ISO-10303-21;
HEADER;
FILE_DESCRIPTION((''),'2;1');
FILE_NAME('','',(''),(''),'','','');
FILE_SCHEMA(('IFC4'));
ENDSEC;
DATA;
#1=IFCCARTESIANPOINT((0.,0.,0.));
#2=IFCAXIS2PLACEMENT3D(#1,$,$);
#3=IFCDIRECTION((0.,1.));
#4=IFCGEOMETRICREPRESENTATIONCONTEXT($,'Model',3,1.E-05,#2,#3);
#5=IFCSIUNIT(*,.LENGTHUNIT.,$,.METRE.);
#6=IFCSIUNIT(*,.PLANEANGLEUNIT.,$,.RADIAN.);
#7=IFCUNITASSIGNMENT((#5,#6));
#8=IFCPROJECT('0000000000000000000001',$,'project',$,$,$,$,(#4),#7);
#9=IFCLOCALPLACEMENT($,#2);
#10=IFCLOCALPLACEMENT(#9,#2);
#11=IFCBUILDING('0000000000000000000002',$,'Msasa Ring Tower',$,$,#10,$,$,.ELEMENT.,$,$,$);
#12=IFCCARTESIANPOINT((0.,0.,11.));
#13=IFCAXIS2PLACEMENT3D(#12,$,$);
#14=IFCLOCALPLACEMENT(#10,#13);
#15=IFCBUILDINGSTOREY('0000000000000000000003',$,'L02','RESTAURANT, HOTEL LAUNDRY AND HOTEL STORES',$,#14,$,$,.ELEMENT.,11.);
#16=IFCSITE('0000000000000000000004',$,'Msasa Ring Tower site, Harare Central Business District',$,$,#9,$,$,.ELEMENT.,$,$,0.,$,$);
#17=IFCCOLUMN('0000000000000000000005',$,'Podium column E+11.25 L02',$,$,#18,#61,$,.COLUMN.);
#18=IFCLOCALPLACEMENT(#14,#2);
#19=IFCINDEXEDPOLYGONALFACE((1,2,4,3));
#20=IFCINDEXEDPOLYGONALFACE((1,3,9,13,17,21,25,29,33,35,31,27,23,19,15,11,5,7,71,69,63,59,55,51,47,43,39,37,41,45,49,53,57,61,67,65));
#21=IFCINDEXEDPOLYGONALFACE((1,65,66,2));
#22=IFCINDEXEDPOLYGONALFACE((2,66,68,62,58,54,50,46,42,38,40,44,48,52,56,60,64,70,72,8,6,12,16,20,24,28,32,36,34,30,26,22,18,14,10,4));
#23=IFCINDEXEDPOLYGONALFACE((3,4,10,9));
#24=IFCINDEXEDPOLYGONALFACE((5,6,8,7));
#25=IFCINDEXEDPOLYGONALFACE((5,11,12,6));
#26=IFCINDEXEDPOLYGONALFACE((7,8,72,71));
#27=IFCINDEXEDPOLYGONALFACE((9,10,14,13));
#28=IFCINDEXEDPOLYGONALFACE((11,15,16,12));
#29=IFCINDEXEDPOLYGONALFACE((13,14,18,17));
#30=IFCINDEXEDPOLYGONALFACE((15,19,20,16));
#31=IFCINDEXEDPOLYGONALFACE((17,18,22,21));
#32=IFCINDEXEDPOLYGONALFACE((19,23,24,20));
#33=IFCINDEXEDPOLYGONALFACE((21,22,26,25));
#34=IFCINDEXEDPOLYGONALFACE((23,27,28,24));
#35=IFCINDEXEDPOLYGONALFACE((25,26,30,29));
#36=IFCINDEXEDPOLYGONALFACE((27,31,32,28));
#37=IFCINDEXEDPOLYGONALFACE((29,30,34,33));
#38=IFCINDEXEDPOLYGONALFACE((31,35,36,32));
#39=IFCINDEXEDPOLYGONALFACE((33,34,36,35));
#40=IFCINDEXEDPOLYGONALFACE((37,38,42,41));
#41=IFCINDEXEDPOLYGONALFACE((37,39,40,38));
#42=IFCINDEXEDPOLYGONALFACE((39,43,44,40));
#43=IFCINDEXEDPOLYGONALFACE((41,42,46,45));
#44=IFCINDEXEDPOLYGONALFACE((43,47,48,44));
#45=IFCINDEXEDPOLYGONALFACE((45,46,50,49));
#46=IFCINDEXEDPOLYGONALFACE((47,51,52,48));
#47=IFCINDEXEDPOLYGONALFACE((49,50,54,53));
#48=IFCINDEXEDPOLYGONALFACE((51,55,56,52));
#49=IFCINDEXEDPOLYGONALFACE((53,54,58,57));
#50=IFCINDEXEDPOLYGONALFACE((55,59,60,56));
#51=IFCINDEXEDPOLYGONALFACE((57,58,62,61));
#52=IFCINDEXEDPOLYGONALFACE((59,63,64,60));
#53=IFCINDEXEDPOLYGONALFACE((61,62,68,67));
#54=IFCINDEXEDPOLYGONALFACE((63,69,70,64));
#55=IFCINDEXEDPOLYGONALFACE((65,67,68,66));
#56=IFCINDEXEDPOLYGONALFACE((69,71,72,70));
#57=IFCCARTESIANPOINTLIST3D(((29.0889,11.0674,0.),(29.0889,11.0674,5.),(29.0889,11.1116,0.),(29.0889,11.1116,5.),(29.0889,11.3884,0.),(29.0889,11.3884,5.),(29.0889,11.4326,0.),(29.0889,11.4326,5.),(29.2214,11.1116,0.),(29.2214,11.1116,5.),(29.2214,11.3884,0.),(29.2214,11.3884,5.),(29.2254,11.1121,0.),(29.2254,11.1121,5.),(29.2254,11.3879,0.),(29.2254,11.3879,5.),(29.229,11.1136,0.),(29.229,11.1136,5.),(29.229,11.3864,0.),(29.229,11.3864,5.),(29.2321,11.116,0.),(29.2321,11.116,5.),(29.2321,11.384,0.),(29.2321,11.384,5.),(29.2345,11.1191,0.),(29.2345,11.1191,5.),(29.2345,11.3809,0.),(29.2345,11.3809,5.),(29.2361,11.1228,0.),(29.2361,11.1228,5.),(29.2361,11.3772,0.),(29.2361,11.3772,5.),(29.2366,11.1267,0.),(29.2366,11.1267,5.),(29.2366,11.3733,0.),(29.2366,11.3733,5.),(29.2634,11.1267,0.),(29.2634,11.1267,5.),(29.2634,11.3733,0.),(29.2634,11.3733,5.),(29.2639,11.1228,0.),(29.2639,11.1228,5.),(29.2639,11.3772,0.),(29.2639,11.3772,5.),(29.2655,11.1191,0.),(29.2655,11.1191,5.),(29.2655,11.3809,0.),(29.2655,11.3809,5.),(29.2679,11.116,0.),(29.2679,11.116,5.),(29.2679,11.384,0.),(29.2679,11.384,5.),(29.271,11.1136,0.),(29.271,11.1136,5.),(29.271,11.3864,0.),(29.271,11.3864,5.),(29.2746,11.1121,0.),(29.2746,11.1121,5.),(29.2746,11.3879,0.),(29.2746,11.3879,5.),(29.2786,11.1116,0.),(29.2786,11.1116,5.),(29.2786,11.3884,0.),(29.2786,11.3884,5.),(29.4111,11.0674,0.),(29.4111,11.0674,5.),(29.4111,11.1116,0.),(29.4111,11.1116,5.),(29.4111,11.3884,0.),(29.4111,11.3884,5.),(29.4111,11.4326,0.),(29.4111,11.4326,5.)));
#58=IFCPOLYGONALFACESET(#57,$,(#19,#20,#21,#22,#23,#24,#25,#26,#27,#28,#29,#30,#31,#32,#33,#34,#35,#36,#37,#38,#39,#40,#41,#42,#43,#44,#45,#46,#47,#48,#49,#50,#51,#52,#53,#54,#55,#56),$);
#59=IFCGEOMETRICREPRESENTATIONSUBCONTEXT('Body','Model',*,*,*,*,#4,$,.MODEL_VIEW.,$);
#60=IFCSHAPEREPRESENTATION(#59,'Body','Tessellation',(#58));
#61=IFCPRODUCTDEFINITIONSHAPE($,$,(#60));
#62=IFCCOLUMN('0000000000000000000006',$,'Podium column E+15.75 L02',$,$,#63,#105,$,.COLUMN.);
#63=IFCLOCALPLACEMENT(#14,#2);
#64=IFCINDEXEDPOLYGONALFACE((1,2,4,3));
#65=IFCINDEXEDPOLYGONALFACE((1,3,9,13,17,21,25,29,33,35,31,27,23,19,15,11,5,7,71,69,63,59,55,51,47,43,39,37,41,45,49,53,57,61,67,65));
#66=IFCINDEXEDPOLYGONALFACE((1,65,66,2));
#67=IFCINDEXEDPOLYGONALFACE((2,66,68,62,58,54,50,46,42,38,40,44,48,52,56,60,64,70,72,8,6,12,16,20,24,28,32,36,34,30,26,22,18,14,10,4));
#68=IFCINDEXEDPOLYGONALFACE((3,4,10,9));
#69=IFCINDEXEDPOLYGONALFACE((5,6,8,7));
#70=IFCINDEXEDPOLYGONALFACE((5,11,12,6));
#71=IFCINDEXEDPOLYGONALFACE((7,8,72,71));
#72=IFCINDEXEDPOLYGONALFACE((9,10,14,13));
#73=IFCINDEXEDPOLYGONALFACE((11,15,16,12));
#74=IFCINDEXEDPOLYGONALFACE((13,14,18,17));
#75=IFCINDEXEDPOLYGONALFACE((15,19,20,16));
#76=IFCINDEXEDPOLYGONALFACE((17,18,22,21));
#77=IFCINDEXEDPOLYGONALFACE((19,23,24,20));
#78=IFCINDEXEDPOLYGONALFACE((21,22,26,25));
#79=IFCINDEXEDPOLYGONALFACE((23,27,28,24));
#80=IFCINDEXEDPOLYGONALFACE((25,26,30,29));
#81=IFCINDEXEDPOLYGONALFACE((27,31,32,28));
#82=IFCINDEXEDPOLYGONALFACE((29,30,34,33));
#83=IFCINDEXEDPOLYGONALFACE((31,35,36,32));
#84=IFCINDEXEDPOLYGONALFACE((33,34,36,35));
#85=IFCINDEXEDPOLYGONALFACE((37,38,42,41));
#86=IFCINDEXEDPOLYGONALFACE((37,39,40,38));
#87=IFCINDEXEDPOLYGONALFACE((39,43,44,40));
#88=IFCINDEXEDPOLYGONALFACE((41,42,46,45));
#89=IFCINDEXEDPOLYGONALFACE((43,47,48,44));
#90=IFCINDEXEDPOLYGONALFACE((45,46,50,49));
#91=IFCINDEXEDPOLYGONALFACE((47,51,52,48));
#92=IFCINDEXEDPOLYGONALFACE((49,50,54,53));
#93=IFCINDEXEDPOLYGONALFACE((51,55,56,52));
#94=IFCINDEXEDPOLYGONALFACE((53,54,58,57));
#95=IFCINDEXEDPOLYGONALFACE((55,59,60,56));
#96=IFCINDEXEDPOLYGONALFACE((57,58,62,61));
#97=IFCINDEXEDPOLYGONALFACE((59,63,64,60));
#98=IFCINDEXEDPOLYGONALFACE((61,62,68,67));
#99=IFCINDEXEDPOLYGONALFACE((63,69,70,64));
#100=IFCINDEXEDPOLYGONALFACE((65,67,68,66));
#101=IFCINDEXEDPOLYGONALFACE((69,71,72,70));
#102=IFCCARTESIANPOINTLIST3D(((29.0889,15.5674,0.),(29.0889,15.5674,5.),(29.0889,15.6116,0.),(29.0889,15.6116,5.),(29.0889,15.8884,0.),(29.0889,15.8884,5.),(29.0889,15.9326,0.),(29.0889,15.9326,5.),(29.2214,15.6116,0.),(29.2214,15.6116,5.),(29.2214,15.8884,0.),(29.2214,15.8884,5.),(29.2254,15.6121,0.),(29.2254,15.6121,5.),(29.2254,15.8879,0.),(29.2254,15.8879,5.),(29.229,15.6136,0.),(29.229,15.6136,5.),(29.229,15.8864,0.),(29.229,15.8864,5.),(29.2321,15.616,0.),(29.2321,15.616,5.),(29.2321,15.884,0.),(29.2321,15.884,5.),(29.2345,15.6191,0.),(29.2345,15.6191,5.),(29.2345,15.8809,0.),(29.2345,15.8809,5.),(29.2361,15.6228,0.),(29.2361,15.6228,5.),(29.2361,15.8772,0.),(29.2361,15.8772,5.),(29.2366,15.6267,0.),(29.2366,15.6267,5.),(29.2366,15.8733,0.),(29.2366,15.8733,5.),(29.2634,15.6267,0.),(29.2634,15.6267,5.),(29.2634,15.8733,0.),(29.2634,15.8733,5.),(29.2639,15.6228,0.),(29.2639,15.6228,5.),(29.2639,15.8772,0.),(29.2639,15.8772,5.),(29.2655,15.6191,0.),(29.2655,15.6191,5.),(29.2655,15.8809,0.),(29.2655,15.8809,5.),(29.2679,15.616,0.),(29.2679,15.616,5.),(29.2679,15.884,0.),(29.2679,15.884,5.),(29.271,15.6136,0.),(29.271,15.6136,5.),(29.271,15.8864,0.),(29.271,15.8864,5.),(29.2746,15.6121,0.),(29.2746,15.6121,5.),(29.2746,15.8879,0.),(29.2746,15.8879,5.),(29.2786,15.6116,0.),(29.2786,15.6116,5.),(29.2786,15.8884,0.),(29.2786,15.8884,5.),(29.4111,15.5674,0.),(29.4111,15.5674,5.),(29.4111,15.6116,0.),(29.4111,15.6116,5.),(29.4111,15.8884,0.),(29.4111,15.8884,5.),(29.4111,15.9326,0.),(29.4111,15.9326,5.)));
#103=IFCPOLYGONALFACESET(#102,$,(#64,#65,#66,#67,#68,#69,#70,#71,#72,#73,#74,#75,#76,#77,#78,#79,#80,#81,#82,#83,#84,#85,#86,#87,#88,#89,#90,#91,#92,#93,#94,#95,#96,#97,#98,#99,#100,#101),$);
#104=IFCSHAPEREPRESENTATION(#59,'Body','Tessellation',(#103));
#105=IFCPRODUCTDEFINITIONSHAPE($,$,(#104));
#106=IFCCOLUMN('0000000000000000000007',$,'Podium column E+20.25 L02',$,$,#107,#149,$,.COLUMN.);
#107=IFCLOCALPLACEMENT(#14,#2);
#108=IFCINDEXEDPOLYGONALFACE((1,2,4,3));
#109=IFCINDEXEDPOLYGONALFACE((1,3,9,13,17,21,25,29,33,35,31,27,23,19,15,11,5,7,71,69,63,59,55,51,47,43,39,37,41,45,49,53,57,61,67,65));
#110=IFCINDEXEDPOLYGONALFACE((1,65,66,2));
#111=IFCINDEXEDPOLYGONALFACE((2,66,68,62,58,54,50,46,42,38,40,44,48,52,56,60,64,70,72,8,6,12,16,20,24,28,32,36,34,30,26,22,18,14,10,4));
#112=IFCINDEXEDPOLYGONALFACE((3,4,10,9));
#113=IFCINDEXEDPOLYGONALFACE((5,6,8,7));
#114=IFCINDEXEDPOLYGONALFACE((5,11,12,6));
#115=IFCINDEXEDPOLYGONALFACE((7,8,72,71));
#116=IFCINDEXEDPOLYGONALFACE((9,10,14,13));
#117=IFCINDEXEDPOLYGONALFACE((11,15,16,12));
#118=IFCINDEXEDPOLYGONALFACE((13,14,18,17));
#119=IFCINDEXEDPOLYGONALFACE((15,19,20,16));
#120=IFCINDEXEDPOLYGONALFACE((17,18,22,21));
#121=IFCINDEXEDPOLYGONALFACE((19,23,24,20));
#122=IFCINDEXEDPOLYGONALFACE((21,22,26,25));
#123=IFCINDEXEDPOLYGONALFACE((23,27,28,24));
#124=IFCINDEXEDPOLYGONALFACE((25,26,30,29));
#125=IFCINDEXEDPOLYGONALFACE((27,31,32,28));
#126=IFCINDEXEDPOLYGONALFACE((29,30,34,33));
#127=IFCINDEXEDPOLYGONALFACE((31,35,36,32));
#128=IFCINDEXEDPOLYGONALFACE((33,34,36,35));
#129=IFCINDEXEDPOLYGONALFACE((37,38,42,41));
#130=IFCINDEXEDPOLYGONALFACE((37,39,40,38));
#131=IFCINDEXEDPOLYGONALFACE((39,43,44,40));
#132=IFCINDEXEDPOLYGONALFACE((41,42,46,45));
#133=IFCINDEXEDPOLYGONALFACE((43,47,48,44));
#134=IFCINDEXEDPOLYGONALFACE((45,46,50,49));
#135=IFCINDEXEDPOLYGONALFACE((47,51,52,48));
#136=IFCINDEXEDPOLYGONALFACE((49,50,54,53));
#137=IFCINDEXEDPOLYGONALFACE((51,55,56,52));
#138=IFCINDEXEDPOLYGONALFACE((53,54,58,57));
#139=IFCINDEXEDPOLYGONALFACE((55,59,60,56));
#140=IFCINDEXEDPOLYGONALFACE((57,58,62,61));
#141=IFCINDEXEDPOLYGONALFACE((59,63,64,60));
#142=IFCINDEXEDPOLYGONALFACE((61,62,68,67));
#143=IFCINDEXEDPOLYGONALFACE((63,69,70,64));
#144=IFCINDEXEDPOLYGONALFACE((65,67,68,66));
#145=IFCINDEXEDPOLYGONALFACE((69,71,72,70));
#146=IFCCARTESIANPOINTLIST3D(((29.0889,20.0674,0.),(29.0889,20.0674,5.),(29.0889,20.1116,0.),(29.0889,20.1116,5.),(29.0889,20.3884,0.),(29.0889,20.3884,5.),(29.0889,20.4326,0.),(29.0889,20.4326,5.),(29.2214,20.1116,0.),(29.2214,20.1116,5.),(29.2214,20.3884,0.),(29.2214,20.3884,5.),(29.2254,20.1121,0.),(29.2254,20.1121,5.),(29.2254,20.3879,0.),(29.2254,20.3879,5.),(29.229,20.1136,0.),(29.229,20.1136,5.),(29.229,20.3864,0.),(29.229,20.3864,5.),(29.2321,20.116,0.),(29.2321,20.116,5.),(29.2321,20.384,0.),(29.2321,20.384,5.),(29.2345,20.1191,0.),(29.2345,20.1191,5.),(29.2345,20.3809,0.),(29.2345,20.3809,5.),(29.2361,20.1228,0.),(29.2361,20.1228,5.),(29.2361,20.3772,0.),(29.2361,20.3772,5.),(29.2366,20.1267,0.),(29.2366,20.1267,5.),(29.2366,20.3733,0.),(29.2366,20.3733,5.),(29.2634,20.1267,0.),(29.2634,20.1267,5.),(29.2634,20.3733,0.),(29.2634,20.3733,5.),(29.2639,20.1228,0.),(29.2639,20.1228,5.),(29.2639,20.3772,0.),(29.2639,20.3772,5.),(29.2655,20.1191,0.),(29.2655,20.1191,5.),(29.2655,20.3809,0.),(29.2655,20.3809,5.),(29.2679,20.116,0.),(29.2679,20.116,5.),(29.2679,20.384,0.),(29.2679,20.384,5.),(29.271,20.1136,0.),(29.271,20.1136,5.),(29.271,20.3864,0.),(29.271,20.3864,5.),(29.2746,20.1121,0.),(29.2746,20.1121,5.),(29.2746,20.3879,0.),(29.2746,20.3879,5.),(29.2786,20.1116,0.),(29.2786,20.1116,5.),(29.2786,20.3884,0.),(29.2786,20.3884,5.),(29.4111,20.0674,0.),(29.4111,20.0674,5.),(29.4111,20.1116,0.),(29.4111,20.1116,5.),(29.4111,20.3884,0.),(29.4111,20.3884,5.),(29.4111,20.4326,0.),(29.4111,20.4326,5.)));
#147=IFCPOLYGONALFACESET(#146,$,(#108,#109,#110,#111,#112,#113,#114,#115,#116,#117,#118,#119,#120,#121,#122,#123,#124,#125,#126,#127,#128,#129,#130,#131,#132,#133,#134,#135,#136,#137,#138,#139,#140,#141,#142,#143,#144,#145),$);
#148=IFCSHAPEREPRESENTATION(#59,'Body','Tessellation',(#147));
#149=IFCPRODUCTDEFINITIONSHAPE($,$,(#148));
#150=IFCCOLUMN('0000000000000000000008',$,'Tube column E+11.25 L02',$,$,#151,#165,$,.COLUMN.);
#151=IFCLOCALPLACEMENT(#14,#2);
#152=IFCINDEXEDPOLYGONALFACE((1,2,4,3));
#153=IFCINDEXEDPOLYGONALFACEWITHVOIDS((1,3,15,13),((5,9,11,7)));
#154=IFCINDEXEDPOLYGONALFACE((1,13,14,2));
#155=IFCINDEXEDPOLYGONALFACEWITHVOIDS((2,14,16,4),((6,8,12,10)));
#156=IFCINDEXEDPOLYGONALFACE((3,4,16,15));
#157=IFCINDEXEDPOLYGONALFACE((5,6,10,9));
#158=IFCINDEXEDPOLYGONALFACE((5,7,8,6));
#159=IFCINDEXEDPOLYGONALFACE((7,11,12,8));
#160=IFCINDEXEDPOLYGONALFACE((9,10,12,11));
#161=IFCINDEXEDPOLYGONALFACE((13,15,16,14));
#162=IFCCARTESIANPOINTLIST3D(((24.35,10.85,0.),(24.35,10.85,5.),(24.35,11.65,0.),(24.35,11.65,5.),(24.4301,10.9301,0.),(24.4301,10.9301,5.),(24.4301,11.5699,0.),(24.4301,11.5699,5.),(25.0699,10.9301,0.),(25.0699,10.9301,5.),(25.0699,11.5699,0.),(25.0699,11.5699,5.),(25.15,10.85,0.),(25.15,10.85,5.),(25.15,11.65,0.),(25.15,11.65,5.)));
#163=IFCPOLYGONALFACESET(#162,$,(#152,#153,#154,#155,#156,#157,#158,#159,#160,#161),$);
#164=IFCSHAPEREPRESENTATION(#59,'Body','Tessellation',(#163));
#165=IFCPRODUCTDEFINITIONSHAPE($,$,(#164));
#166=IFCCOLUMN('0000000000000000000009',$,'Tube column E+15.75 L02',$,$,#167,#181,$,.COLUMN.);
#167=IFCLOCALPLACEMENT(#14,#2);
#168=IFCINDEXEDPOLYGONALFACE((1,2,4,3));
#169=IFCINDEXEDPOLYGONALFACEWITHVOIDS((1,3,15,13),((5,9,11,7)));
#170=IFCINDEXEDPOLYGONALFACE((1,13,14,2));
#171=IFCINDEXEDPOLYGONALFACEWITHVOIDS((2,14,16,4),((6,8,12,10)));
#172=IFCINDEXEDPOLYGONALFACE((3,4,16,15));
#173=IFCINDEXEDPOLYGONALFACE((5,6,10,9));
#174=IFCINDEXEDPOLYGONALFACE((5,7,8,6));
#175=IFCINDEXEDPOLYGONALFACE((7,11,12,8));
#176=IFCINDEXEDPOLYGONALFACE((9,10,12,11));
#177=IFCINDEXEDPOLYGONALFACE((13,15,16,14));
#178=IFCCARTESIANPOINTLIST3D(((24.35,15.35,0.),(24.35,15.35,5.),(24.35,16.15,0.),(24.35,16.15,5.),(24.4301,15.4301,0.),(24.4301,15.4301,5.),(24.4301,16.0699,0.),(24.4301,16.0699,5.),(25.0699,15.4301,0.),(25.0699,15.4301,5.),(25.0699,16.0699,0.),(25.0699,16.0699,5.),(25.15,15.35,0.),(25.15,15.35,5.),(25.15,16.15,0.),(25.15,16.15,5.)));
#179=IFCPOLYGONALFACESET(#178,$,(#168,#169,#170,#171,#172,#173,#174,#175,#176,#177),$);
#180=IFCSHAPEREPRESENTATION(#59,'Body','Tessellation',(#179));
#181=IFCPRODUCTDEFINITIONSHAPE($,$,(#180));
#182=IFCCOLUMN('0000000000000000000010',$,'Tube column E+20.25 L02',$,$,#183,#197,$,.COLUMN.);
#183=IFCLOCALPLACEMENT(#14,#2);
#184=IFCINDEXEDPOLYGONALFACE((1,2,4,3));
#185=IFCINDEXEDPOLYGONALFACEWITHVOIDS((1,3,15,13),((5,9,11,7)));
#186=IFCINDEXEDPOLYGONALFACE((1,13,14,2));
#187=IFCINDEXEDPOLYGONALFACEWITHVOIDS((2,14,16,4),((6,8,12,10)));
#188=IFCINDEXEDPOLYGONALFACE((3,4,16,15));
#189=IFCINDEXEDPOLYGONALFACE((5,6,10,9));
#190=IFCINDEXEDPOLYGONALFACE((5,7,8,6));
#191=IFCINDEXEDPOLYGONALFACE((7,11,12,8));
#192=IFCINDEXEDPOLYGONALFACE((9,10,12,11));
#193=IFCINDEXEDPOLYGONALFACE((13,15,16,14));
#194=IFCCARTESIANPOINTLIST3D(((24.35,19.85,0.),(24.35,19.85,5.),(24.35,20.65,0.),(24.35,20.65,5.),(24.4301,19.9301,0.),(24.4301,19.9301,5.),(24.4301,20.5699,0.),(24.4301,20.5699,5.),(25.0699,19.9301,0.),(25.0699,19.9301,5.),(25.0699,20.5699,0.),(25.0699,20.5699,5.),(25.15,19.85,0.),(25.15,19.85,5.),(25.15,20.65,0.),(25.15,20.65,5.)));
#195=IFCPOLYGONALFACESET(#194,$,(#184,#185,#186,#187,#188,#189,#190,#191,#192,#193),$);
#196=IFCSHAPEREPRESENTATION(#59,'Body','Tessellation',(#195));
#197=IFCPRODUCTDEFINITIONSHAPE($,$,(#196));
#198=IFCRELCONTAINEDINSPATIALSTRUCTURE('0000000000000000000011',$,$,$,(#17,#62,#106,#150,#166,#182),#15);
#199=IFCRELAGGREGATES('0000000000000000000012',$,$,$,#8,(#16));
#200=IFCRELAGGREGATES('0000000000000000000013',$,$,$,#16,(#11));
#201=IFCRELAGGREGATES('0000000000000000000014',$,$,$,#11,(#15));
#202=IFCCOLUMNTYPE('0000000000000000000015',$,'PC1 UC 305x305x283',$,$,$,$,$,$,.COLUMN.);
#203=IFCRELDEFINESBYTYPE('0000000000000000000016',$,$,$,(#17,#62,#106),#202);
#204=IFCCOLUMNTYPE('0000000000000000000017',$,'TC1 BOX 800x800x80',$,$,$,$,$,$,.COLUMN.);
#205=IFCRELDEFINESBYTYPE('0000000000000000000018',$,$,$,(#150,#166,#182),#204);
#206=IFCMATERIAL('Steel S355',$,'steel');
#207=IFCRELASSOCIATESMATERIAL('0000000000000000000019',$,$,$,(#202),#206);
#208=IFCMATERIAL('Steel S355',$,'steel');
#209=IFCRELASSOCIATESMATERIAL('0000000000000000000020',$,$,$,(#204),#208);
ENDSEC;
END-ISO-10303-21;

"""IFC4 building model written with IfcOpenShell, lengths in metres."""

from ifc_helpers import new_model, si_unit, direction, frame, origin, origin_2d, place, context, subcontext, project, spatial, hollow_rectangle, i_section, extrude, material, material_profile, profile_set, type_object, element, save


model = new_model("IFC4")

# Units and contexts
model_context = context("Model", 3, precision=1e-05, world=origin(), true_north=direction((0.0, 1.0)))
body_context = subcontext(model_context, "Body", "Model", "MODEL_VIEW")
ifc_project = project(units=[si_unit("LENGTHUNIT", "METRE"), si_unit("PLANEANGLEUNIT", "RADIAN")], contexts=[model_context])

# Site, building, storey
site_placement = place(None, origin())
site = spatial("IfcSite", under=ifc_project, at=site_placement, Name="Msasa Ring Tower site, Harare Central Business District", CompositionType="ELEMENT", RefElevation=0.0)
building_placement = place(site_placement, origin())
building = spatial("IfcBuilding", under=site, at=building_placement, Name="Msasa Ring Tower", CompositionType="ELEMENT")
storey_placement = place(building_placement, frame((0.0, 0.0, 11.0)))
storey = spatial("IfcBuildingStorey", under=building, at=storey_placement, Name="L02", Description="RESTAURANT, HOTEL LAUNDRY AND HOTEL STORES", CompositionType="ELEMENT", Elevation=11.0)

# Columns
ifc_material_1 = material(Name="Steel S355", Category="steel")
ifc_material_profile_1 = material_profile(ifc_material_1, i_section(OverallWidth=0.3223, OverallDepth=0.3652, WebThickness=0.0269, FlangeThickness=0.0442, FilletRadius=0.0151, at=origin_2d()), Name="UC 305x305x283")
ifc_profile_set_1 = profile_set([ifc_material_profile_1], Name="Steel S355")
column_type_1 = type_object("IfcColumnType", Name="PC1 UC 305x305x283", PredefinedType="COLUMN", material=ifc_profile_set_1)
for number, where, z_axis, x_axis, name in (
    (1, (29.25, 11.25, 0.0), (0.0, 0.0, 1.0), (1.0, 0.0, 0.0), "Podium column E+11.25 L02"),
    (2, (29.25, 15.75, 0.0), (0.0, 0.0, 1.0), (1.0, 0.0, 0.0), "Podium column E+15.75 L02"),
    (3, (29.25, 20.25, 0.0), (0.0, 0.0, 1.0), (1.0, 0.0, 0.0), "Podium column E+20.25 L02"),
):
    element("IfcColumn", number, at=place(storey_placement, frame(where, z_axis=z_axis, x_axis=x_axis)), inside=storey, type_object=column_type_1, Name=name, PredefinedType="COLUMN", context=body_context, shape_type="SweptSolid", body=[
        extrude(i_section(OverallWidth=0.3223, OverallDepth=0.3652, WebThickness=0.0269, FlangeThickness=0.0442, FilletRadius=0.0151, at=origin_2d()), origin(), (0.0, 0.0, 1.0), 5.0),
    ])
ifc_material_2 = material(Name="Steel S355", Category="steel")
ifc_material_profile_2 = material_profile(ifc_material_2, hollow_rectangle(XDim=0.8, YDim=0.8, WallThickness=0.0801, at=origin_2d()), Name="BOX 800x800x80")
ifc_profile_set_2 = profile_set([ifc_material_profile_2], Name="Steel S355")
column_type_2 = type_object("IfcColumnType", Name="TC1 BOX 800x800x80", PredefinedType="COLUMN", material=ifc_profile_set_2)
for number, where, z_axis, x_axis, name in (
    (4, (24.75, 11.25, 0.0), (0.0, 0.0, 1.0), (1.0, 0.0, 0.0), "Tube column E+11.25 L02"),
    (5, (24.75, 15.75, 0.0), (0.0, 0.0, 1.0), (1.0, 0.0, 0.0), "Tube column E+15.75 L02"),
    (6, (24.75, 20.25, 0.0), (0.0, 0.0, 1.0), (1.0, 0.0, 0.0), "Tube column E+20.25 L02"),
):
    element("IfcColumn", number, at=place(storey_placement, frame(where, z_axis=z_axis, x_axis=x_axis)), inside=storey, type_object=column_type_2, Name=name, PredefinedType="COLUMN", context=body_context, shape_type="SweptSolid", body=[
        extrude(hollow_rectangle(XDim=0.8, YDim=0.8, WallThickness=0.0801, at=origin_2d()), origin(), (0.0, 0.0, 1.0), 5.0),
    ])

save(model, "model.ifc")
